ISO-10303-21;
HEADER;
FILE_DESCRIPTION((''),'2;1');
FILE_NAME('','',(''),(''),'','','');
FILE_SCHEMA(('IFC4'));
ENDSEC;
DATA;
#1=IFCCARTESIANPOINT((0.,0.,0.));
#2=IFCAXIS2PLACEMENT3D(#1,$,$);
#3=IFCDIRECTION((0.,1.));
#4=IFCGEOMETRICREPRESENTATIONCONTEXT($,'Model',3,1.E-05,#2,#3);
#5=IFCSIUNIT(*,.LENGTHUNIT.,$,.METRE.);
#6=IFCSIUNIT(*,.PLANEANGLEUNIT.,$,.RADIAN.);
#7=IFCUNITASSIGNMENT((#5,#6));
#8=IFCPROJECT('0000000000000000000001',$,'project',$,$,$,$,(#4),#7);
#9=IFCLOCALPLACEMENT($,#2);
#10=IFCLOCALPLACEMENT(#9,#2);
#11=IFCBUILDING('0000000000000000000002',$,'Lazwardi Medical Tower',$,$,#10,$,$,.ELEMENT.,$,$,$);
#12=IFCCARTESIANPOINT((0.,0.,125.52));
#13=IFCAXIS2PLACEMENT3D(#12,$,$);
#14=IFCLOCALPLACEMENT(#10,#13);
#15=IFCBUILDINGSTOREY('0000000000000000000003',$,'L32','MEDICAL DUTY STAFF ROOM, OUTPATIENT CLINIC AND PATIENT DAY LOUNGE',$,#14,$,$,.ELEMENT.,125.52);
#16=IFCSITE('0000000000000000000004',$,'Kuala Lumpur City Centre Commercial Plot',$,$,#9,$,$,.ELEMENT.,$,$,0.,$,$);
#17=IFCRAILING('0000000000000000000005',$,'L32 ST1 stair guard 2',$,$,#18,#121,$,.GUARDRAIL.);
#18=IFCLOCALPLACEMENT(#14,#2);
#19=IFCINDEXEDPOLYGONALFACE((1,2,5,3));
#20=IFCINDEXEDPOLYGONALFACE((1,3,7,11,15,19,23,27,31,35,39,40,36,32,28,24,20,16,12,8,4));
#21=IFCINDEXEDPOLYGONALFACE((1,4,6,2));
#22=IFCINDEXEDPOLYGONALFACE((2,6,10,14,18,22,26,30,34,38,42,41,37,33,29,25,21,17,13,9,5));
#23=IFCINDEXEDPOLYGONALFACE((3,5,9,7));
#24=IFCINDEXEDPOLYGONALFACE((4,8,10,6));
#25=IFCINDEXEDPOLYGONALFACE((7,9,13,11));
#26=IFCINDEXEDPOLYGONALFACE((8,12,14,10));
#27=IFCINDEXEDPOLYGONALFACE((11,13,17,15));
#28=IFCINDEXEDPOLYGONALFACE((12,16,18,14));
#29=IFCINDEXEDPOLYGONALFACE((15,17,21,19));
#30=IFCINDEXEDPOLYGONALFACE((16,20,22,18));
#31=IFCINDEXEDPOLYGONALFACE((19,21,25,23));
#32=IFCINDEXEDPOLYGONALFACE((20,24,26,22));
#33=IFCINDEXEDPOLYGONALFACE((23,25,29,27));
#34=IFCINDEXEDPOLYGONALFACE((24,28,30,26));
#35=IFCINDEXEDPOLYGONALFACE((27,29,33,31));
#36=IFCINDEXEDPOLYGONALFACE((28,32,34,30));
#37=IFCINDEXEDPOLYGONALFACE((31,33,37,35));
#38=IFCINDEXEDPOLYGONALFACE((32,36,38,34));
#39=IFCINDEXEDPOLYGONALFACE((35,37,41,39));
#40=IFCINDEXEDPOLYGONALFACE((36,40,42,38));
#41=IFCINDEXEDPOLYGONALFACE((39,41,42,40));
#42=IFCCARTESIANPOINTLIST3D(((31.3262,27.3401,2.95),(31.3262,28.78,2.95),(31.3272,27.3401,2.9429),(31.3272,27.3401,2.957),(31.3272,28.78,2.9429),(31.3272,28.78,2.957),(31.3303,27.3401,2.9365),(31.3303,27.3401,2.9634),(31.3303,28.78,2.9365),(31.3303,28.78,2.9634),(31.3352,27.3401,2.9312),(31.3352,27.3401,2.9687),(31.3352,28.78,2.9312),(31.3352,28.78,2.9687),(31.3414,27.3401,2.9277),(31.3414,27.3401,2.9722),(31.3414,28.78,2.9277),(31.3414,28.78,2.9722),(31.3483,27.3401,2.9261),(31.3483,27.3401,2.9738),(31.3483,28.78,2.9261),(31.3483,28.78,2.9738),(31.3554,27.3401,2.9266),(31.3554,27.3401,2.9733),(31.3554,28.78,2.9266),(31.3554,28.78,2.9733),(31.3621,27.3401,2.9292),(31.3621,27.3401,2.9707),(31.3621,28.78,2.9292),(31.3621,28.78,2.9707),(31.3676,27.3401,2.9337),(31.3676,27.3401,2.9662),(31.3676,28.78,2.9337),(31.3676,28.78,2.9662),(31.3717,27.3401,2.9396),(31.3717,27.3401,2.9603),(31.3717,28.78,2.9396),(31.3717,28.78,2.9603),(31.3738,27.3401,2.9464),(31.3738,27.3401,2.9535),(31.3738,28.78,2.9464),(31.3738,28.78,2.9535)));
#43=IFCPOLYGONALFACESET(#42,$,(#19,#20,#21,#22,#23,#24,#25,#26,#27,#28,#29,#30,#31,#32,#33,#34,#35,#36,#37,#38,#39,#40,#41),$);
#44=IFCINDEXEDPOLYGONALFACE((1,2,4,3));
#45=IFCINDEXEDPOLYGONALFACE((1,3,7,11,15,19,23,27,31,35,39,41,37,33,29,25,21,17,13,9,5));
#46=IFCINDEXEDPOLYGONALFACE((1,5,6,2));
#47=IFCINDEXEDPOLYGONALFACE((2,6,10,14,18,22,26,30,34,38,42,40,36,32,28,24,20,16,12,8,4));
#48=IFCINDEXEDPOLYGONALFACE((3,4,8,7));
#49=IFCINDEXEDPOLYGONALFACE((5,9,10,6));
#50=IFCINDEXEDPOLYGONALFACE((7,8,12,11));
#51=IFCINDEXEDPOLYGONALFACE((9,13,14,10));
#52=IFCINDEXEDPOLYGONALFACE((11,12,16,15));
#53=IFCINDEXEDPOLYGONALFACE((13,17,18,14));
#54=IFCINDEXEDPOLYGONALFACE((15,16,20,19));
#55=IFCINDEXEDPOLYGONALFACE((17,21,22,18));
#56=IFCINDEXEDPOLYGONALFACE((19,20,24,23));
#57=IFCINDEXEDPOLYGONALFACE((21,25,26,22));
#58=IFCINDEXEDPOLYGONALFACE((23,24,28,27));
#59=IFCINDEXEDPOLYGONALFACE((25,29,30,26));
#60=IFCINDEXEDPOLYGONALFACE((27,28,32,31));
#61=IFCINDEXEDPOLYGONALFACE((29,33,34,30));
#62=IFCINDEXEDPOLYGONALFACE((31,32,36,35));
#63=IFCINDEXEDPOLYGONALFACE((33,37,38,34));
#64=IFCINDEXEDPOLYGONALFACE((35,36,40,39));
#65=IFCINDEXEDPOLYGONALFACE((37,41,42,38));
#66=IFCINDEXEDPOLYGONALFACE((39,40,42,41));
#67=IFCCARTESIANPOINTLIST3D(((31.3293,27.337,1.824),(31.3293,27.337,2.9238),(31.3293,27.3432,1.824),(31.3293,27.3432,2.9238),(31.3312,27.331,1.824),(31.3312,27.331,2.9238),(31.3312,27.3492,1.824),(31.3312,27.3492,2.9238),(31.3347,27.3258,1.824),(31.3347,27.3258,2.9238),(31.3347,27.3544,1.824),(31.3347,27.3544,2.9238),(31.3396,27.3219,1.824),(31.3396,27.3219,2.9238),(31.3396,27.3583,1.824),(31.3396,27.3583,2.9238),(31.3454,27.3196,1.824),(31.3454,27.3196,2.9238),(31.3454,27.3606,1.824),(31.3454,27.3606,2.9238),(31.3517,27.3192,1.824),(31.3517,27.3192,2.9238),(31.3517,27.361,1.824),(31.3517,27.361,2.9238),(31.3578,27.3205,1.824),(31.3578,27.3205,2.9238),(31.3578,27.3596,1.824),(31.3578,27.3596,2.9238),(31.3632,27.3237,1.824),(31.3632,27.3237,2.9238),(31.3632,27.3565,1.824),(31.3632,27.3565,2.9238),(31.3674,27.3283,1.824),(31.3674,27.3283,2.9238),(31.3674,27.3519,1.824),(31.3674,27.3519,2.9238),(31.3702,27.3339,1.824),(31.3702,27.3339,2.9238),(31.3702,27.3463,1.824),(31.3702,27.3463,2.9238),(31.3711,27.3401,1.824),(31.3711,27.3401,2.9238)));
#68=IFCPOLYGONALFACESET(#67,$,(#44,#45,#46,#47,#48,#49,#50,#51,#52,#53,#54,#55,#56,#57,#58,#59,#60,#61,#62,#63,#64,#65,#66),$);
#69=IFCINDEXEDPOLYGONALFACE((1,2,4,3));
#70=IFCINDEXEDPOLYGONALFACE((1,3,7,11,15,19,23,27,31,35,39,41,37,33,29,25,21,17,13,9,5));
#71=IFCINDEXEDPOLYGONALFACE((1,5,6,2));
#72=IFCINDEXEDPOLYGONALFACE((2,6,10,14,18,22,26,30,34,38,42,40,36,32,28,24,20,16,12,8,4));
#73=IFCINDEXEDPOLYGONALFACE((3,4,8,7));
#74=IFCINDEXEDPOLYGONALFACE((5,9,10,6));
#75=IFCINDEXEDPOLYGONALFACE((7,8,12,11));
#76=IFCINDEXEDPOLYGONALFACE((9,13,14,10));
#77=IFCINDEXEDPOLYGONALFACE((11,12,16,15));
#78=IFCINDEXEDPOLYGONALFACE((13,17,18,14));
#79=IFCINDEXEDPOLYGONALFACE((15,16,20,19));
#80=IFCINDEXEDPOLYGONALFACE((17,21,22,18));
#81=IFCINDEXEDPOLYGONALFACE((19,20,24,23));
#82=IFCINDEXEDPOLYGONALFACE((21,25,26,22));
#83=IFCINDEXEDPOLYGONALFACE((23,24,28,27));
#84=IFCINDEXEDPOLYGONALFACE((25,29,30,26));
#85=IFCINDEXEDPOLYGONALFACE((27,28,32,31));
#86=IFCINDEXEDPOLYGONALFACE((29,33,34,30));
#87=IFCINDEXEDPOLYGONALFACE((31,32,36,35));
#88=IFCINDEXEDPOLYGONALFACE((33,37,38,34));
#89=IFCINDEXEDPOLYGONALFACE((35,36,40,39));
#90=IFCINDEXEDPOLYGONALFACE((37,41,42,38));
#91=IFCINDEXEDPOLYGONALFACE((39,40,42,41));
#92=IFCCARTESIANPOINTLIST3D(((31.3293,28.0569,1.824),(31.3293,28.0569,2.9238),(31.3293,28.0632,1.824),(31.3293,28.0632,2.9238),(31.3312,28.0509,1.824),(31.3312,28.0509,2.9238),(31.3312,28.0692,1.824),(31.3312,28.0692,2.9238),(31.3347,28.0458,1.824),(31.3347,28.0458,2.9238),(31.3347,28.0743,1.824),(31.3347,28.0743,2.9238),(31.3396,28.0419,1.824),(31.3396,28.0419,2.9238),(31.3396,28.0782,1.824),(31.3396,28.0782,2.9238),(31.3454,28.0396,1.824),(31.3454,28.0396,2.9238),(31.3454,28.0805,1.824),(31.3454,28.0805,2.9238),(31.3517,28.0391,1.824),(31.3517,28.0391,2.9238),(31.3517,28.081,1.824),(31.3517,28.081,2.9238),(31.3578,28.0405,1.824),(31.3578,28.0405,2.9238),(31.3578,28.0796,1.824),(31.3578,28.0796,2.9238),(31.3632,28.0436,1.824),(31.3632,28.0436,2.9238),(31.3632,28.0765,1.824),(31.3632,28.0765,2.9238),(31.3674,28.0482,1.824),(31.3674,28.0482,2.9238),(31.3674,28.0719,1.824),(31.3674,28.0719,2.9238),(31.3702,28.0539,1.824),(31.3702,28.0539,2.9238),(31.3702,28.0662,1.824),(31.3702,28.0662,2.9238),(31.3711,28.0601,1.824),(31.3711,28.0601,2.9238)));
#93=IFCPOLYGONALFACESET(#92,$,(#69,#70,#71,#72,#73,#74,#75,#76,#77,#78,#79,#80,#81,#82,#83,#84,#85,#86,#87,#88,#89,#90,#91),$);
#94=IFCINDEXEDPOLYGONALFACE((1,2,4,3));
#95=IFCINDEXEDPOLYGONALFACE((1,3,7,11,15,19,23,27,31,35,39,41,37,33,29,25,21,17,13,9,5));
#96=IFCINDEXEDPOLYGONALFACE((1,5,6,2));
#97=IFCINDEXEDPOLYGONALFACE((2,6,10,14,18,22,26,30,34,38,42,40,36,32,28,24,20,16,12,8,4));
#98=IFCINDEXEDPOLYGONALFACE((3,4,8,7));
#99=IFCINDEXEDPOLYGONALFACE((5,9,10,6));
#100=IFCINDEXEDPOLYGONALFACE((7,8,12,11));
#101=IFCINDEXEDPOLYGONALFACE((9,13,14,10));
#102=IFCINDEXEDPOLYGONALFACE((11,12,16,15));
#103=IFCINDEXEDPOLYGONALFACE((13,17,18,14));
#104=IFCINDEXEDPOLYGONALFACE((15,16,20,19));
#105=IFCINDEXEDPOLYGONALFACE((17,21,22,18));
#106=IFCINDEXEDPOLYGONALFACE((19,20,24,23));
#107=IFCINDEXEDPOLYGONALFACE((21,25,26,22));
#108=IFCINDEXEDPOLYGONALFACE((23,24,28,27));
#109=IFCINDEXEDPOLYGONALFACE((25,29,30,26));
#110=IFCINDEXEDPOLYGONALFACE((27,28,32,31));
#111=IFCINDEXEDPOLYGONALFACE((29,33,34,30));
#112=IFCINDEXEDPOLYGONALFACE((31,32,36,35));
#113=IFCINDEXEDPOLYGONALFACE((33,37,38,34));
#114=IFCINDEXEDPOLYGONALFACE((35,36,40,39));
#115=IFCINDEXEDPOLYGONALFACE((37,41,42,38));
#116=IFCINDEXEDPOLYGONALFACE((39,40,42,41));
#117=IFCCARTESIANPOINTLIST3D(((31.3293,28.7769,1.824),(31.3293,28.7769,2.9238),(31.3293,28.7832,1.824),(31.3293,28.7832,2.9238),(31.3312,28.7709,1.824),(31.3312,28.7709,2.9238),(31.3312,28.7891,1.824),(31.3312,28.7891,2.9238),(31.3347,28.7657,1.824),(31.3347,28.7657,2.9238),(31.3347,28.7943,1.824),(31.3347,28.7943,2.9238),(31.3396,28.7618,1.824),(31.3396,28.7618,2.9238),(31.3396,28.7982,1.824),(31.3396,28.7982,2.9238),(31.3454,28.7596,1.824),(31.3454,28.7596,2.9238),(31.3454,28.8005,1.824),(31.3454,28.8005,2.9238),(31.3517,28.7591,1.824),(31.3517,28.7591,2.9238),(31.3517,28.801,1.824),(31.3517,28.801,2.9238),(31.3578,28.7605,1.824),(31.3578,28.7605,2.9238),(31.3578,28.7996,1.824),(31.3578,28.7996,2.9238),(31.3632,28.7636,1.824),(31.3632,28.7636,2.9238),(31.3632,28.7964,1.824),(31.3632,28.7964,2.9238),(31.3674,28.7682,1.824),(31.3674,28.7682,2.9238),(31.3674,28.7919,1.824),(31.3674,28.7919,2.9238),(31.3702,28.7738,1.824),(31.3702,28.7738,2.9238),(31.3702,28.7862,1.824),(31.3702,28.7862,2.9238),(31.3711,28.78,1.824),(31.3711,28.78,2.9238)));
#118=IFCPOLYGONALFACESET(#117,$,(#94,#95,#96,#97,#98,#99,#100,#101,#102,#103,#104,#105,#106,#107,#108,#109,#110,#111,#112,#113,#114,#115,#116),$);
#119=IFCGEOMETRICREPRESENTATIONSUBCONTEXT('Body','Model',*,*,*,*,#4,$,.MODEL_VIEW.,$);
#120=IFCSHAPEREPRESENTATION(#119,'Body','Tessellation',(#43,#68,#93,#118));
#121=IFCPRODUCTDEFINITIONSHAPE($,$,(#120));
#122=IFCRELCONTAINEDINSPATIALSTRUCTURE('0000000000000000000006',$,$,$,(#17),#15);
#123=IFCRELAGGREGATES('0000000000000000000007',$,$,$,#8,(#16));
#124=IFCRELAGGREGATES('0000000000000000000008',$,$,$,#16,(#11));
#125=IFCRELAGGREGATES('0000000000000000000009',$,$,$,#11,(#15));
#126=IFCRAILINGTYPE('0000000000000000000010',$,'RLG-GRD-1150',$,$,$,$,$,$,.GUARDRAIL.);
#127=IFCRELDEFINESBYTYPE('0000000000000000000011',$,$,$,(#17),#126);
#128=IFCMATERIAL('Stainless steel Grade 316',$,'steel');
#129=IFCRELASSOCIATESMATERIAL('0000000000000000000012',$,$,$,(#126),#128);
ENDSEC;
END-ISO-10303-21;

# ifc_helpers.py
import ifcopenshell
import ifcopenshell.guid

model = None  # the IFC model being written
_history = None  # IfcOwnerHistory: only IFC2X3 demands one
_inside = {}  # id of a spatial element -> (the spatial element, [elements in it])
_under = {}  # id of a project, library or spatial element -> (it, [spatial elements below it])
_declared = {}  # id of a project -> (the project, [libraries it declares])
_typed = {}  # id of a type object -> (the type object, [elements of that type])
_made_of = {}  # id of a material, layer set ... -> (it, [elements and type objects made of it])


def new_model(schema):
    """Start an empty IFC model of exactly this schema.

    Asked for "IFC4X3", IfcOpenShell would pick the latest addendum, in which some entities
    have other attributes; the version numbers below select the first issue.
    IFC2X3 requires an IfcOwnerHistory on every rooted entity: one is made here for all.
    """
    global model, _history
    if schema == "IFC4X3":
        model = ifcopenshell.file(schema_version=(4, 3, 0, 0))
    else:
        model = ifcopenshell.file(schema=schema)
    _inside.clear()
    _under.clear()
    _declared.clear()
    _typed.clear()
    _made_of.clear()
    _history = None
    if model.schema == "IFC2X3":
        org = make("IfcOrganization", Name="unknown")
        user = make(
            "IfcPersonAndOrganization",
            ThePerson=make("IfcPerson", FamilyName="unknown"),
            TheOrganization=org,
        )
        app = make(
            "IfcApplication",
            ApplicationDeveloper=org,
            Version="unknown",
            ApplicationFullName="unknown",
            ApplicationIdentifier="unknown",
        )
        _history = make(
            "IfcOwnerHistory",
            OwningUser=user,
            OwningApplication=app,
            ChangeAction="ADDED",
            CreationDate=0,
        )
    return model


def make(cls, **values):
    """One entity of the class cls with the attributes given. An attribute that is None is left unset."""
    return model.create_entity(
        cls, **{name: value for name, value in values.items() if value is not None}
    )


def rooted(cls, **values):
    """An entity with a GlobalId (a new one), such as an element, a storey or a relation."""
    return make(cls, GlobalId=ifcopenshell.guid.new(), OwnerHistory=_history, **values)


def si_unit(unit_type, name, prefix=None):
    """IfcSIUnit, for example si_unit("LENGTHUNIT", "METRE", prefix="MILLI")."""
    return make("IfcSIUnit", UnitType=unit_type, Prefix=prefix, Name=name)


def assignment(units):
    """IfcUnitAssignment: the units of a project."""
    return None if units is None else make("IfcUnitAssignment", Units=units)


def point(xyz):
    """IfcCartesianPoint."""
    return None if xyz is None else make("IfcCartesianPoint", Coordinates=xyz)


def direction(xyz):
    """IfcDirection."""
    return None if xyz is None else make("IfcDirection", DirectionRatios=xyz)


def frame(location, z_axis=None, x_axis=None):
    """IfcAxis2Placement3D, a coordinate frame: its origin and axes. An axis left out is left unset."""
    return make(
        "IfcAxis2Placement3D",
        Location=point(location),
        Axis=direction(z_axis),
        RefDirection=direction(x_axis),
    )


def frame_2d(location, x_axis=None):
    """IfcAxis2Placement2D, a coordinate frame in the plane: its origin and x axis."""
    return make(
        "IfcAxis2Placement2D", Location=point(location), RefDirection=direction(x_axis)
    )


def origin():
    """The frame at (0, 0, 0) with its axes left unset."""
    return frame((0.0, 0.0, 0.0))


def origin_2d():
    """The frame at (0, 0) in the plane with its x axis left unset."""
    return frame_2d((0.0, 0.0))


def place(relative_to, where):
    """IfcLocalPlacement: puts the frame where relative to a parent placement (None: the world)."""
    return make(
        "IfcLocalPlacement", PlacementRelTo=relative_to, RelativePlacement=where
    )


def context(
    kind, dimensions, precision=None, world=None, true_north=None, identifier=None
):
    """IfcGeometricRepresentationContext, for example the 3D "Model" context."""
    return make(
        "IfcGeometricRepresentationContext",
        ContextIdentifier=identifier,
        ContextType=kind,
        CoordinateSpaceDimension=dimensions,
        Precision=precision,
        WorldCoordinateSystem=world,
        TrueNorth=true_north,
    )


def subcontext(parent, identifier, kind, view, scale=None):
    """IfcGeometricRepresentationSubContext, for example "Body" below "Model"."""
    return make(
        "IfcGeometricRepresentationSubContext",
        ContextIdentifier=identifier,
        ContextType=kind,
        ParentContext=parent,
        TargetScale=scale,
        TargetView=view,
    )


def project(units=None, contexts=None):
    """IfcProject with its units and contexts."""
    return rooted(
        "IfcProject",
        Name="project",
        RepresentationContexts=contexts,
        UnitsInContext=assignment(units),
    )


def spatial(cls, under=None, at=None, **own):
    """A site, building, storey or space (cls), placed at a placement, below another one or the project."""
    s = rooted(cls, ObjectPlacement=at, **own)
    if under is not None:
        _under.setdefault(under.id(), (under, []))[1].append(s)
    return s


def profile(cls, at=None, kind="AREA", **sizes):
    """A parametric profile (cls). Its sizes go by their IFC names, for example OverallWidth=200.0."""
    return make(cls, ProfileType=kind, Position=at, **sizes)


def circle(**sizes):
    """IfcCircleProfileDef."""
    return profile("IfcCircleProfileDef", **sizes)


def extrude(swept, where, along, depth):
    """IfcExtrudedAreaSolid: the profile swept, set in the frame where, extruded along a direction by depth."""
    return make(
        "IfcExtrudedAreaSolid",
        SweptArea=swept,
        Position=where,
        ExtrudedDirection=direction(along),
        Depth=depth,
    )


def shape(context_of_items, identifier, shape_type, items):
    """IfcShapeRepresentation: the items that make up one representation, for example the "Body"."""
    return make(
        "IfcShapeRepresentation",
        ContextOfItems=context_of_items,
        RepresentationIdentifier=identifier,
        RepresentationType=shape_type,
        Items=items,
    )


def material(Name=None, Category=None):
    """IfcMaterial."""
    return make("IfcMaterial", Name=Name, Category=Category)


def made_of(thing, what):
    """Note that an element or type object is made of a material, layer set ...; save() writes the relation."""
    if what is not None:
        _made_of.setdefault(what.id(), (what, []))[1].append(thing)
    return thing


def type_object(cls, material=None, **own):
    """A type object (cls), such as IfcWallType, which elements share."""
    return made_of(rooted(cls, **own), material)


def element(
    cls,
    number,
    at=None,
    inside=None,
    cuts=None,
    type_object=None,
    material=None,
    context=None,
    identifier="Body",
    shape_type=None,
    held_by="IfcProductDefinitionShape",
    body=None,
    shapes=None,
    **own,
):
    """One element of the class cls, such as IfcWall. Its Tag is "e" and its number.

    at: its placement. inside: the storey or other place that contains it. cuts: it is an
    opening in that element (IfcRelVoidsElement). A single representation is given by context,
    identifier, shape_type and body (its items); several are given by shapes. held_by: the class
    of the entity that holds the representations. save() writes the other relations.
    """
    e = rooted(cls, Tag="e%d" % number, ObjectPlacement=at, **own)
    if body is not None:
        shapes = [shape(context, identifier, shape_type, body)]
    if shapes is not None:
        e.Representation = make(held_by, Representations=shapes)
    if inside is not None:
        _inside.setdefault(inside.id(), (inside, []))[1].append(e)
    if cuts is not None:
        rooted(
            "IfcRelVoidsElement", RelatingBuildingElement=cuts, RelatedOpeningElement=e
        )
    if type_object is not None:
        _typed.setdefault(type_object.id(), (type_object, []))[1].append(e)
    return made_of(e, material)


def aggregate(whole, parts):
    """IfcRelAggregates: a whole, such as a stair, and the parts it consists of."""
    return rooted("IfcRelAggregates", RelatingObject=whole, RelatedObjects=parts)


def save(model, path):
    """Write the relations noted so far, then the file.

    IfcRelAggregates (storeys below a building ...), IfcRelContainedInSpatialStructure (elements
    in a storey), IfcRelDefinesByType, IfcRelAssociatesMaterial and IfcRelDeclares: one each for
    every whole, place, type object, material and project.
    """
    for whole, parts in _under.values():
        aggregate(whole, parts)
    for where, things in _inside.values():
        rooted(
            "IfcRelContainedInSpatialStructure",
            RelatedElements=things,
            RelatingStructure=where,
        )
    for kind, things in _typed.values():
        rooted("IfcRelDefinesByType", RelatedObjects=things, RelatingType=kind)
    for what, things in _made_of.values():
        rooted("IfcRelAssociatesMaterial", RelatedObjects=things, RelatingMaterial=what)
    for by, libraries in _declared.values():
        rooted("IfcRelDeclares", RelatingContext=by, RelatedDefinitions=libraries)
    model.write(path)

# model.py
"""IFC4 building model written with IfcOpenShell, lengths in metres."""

from ifc_helpers import new_model, si_unit, direction, frame, origin, origin_2d, place, context, subcontext, project, spatial, circle, extrude, material, type_object, element, save


model = new_model("IFC4")

# Units and contexts
model_context = context("Model", 3, precision=1e-05, world=origin(), true_north=direction((0.0, 1.0)))
body_context = subcontext(model_context, "Body", "Model", "MODEL_VIEW")
ifc_project = project(units=[si_unit("LENGTHUNIT", "METRE"), si_unit("PLANEANGLEUNIT", "RADIAN")], contexts=[model_context])

# Site, building, storey
site_placement = place(None, origin())
site = spatial("IfcSite", under=ifc_project, at=site_placement, Name="Kuala Lumpur City Centre Commercial Plot", CompositionType="ELEMENT", RefElevation=0.0)
building_placement = place(site_placement, origin())
building = spatial("IfcBuilding", under=site, at=building_placement, Name="Lazwardi Medical Tower", CompositionType="ELEMENT")
storey_placement = place(building_placement, frame((0.0, 0.0, 125.52)))
storey = spatial("IfcBuildingStorey", under=building, at=storey_placement, Name="L32", Description="MEDICAL DUTY STAFF ROOM, OUTPATIENT CLINIC AND PATIENT DAY LOUNGE", CompositionType="ELEMENT", Elevation=125.52)

# Railing
ifc_material_1 = material(Name="Stainless steel Grade 316", Category="steel")
railing_type_1 = type_object("IfcRailingType", Name="RLG-GRD-1150", PredefinedType="GUARDRAIL", material=ifc_material_1)
railing_1_placement = place(storey_placement, frame((31.3501, 27.3401, 1.824)))
element("IfcRailing", 1, at=railing_1_placement, inside=storey, type_object=railing_type_1, Name="L32 ST1 stair guard 2", PredefinedType="GUARDRAIL", context=body_context, shape_type="SweptSolid", body=[
    extrude(circle(Radius=0.0239, at=origin_2d()), frame((0.0, 0.0, 1.126), z_axis=(0.0, 1.0, 0.0), x_axis=(-1.0, 0.0, 0.0)), (0.0, 0.0, 1.0), 1.4399),
    extrude(circle(Radius=0.021, at=origin_2d()), origin(), (0.0, 0.0, 1.0), 1.0999),
    extrude(circle(Radius=0.021, at=origin_2d()), frame((0.0, 0.72, 0.0)), (0.0, 0.0, 1.0), 1.0999),
    extrude(circle(Radius=0.021, at=origin_2d()), frame((0.0, 1.4399, 0.0)), (0.0, 0.0, 1.0), 1.0999),
])

save(model, "model.ifc")
